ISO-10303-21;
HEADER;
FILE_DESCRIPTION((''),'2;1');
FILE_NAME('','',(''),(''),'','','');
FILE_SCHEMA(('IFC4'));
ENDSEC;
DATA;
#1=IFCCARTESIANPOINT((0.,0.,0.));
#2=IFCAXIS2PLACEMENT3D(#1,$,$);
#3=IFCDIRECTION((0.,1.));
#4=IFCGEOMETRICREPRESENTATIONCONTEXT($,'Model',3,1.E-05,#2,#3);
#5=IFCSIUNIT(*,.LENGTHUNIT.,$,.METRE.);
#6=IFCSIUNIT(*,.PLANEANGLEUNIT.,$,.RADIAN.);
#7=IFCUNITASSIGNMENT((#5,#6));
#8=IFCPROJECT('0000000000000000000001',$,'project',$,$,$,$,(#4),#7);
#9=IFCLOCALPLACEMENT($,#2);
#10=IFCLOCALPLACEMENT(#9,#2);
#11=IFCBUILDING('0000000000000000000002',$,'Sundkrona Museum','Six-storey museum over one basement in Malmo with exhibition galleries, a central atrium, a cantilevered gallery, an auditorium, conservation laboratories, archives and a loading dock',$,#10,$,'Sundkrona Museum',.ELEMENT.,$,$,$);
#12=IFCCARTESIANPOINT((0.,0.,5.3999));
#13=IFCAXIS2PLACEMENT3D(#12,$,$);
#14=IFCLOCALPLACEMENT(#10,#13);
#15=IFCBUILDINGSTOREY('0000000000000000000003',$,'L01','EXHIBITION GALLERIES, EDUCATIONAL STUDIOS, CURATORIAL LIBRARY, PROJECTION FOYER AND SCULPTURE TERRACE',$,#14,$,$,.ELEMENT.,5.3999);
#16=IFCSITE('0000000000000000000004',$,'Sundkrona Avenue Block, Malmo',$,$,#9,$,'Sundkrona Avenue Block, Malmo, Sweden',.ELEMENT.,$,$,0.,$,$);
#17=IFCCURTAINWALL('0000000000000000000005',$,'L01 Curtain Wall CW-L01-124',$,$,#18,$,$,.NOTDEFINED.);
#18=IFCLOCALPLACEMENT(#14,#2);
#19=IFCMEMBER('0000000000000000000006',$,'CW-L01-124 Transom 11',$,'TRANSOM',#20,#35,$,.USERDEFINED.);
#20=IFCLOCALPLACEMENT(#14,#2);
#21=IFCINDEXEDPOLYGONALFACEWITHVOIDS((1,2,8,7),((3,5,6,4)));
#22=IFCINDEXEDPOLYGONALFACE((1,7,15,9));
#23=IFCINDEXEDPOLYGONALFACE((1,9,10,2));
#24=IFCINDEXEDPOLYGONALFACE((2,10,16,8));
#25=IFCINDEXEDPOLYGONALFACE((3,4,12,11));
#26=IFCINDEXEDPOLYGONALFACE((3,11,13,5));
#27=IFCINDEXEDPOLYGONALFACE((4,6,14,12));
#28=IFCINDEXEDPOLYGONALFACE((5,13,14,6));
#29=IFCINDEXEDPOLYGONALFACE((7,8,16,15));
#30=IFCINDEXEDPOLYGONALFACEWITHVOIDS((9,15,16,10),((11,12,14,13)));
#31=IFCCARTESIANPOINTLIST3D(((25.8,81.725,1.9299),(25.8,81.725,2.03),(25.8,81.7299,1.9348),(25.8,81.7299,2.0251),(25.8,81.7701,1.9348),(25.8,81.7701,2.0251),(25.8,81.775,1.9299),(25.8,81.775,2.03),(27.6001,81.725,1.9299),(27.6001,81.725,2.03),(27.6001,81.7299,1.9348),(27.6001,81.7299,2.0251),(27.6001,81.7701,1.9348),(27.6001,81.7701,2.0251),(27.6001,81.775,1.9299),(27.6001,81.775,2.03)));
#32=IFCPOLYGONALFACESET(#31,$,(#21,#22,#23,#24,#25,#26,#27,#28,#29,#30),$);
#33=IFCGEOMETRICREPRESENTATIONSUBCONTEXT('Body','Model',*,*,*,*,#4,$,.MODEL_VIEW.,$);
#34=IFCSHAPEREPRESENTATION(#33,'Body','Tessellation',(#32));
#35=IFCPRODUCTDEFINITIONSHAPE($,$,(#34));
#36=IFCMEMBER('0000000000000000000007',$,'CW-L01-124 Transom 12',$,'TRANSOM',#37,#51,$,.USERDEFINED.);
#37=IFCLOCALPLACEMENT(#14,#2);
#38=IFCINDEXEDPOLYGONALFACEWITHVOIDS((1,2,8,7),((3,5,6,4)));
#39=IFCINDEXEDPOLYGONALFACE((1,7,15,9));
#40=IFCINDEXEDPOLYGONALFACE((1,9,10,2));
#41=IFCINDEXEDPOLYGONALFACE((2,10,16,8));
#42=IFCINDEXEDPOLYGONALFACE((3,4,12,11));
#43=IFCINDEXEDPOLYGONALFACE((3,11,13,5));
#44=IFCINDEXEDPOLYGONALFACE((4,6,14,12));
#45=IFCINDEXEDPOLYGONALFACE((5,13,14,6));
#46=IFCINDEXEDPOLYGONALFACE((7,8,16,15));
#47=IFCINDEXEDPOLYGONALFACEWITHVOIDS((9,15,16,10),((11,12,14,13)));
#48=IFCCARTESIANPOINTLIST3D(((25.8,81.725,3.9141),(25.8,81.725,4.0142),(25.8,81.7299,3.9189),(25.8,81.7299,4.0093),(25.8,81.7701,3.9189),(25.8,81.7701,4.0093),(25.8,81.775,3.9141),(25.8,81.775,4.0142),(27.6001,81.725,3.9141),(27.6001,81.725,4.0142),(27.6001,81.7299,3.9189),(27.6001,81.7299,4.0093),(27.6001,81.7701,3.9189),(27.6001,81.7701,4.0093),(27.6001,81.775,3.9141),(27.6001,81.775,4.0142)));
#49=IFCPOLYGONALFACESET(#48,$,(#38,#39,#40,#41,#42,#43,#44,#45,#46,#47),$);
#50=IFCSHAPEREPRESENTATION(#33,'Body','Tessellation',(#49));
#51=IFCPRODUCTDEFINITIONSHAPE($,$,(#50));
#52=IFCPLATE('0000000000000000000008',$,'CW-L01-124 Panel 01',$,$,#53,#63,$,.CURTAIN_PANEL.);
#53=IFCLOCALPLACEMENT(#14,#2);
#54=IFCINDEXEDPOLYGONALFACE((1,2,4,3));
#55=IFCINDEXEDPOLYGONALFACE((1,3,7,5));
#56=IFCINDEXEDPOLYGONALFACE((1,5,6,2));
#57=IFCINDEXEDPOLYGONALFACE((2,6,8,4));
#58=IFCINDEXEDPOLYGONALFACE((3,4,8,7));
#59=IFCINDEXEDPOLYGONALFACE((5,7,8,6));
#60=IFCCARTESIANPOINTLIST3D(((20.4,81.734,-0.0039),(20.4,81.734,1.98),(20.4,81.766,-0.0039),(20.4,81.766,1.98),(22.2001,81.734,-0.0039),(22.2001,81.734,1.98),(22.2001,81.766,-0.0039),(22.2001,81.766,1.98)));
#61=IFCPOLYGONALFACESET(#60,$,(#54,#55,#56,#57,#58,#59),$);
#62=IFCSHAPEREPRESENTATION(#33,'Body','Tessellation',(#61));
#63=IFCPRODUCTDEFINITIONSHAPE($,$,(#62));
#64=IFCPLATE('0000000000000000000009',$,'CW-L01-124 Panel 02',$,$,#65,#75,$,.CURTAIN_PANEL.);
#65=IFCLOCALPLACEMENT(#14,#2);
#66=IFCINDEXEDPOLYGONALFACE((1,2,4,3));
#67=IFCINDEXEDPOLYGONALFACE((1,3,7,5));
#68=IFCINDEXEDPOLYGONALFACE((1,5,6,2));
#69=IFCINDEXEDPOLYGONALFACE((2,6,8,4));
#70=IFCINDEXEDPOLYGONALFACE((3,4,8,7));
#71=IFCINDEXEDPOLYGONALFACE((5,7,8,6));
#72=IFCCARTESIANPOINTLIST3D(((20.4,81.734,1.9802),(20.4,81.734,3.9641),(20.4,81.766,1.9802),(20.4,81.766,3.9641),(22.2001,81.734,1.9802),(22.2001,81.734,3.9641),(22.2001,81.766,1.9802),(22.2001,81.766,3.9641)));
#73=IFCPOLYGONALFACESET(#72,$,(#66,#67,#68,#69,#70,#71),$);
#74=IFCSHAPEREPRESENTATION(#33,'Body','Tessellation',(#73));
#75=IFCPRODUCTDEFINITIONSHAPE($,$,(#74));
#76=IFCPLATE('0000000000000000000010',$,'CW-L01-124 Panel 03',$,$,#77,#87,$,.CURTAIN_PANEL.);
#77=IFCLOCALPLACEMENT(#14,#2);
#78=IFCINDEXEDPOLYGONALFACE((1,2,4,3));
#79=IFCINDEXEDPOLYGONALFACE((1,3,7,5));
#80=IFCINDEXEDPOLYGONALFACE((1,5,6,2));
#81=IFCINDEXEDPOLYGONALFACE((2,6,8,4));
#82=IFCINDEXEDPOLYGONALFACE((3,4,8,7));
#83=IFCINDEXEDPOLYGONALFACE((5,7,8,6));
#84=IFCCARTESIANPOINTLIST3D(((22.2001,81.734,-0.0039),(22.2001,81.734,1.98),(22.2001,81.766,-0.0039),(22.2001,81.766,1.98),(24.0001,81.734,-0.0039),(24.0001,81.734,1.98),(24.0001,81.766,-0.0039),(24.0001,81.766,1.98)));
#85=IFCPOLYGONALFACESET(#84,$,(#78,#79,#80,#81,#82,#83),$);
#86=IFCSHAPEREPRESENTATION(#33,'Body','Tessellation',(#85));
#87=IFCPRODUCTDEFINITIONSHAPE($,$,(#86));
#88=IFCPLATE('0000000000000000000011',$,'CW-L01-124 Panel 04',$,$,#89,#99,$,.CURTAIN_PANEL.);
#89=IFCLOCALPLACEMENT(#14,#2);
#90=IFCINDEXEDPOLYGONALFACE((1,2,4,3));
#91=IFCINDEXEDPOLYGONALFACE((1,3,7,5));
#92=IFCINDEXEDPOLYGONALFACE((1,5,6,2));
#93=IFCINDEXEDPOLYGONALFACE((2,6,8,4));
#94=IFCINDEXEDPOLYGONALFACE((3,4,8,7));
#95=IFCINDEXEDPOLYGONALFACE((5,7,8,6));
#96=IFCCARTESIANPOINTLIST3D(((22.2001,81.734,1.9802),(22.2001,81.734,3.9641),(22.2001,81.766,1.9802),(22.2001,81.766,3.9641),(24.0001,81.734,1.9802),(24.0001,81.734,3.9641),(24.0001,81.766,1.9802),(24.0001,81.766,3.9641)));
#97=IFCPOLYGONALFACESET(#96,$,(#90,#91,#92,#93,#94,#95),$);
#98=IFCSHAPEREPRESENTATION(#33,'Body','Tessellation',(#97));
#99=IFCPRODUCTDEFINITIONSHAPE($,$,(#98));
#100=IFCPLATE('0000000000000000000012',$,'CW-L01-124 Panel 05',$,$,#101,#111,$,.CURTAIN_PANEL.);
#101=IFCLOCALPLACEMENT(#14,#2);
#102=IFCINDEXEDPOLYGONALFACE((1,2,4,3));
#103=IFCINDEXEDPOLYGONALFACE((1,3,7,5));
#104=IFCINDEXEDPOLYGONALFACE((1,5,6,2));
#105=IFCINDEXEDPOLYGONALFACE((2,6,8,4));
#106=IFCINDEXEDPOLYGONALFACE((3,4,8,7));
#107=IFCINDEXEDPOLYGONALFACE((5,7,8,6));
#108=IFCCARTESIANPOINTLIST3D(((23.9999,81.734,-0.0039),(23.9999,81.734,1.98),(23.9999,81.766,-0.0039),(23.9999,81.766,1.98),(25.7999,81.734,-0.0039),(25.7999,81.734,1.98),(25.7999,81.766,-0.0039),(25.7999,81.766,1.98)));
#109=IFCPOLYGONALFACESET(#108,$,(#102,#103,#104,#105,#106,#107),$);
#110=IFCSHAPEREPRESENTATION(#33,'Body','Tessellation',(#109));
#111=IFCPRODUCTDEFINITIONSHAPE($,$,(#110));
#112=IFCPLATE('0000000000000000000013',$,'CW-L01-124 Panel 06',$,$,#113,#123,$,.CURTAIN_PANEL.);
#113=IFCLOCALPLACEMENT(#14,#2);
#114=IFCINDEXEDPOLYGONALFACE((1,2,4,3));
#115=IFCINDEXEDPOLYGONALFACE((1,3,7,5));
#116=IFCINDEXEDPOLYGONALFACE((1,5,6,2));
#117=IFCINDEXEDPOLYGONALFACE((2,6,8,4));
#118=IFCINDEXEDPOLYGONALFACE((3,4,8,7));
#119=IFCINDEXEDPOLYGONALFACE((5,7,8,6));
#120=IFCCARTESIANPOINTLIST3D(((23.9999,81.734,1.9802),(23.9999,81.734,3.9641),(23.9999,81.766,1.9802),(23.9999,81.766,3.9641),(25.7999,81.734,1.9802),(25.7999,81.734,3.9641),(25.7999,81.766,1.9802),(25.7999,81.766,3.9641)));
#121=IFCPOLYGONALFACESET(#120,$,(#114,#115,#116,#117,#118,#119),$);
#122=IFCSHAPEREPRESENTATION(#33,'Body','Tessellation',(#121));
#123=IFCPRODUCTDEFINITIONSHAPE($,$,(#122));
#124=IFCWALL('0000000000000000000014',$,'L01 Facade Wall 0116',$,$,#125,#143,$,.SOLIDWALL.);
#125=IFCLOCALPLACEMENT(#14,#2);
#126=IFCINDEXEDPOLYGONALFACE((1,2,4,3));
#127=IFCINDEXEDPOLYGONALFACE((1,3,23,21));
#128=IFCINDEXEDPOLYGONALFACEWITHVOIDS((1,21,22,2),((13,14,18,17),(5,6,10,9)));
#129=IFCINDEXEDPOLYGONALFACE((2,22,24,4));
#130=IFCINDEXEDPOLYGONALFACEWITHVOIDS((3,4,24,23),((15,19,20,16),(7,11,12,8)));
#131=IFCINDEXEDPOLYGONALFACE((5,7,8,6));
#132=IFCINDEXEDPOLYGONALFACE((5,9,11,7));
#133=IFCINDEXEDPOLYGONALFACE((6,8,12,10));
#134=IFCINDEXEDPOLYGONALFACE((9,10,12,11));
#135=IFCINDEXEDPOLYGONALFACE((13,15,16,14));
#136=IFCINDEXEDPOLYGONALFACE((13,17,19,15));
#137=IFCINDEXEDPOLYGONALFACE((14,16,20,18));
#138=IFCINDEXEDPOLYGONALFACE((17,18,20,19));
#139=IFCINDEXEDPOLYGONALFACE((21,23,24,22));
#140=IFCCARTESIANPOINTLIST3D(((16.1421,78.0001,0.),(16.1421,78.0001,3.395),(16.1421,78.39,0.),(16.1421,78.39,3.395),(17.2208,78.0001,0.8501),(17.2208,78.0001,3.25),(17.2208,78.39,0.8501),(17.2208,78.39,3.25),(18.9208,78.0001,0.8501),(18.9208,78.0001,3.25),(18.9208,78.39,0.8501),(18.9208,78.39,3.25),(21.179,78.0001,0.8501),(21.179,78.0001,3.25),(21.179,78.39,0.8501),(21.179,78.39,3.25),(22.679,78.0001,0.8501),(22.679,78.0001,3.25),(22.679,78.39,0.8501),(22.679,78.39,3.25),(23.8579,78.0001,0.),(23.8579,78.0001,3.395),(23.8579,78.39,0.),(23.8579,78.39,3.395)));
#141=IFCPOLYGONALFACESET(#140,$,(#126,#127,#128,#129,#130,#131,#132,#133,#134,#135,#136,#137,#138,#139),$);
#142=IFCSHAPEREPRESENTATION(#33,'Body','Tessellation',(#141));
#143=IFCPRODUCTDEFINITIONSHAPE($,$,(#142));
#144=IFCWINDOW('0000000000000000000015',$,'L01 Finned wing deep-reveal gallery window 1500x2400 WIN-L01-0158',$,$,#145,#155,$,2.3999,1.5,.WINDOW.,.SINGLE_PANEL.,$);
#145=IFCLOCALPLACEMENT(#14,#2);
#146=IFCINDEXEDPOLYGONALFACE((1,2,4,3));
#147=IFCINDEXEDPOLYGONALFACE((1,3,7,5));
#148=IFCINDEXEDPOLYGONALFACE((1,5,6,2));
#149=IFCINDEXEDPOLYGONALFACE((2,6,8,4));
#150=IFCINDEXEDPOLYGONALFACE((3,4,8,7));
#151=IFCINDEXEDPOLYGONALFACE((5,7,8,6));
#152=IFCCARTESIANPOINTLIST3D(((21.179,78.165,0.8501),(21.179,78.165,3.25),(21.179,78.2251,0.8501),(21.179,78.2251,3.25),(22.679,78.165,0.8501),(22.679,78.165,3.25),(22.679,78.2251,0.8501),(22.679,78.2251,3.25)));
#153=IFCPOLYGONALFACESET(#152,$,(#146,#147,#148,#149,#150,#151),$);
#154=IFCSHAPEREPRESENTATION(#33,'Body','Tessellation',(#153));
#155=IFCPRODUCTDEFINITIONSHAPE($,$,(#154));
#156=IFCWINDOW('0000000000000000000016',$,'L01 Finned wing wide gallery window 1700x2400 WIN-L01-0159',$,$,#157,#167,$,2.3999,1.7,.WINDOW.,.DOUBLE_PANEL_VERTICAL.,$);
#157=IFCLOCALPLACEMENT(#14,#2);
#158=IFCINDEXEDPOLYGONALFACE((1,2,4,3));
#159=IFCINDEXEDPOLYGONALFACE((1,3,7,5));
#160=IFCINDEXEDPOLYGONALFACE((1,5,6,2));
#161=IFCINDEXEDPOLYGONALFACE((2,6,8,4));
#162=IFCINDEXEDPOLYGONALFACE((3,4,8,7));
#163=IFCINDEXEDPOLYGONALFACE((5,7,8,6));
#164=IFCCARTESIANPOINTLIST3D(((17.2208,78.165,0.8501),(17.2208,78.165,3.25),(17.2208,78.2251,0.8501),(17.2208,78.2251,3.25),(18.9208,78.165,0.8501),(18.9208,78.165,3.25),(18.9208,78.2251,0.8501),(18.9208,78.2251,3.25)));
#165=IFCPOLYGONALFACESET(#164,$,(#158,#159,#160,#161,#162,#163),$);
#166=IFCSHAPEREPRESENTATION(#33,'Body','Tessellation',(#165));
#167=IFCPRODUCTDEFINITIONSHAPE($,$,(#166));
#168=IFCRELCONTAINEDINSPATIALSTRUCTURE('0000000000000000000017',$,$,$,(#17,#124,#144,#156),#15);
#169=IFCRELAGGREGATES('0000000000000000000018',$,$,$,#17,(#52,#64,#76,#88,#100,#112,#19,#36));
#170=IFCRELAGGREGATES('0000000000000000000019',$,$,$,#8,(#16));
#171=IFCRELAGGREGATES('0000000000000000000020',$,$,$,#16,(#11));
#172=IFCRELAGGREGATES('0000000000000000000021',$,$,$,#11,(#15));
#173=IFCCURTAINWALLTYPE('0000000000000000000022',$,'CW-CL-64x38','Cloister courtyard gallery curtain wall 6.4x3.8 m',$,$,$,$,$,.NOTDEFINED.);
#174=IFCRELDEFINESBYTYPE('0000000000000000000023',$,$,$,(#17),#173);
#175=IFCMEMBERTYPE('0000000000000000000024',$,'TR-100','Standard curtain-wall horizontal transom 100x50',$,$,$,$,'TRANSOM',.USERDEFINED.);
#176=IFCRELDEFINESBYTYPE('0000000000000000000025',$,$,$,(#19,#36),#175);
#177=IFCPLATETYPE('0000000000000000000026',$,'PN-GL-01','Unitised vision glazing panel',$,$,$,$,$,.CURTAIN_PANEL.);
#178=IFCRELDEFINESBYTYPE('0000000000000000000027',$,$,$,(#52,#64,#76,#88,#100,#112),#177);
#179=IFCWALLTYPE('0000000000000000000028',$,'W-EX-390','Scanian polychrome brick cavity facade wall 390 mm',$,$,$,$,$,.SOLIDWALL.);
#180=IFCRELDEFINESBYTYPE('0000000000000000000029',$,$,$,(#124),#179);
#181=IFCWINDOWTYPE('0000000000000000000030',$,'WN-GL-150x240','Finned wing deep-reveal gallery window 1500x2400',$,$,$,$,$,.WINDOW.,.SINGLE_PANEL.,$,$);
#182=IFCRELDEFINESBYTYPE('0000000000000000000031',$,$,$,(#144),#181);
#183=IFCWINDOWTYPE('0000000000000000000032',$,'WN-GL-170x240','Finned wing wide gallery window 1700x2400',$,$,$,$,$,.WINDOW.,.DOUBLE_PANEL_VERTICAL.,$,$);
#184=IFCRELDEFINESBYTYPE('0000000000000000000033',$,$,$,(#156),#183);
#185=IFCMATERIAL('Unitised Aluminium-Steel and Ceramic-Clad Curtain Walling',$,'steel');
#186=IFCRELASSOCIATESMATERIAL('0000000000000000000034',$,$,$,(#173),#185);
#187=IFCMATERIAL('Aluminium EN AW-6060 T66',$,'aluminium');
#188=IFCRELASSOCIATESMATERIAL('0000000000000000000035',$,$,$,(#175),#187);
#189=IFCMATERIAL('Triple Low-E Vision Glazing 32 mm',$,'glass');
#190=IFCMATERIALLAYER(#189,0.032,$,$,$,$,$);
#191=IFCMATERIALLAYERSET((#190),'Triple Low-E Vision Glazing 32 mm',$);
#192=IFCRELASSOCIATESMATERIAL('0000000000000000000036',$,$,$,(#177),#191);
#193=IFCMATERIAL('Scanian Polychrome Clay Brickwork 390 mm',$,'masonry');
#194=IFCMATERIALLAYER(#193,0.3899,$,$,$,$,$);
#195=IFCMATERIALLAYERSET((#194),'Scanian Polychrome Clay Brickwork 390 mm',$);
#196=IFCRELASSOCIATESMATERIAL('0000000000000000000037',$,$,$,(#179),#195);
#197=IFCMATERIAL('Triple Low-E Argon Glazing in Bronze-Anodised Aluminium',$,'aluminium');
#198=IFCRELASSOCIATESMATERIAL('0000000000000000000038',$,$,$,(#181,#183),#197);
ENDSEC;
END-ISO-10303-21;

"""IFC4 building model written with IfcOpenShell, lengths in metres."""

from ifc_helpers import new_model, si_unit, direction, frame, frame_2d, origin, origin_2d, place, context, subcontext, project, spatial, rectangle, hollow_rectangle, extrude, material, layer, layer_set, material_profile, profile_set, type_object, element, fill, aggregate, save


model = new_model("IFC4")

# Units and contexts
model_context = context("Model", 3, precision=1e-05, world=origin(), true_north=direction((0.0, 1.0)))
body_context = subcontext(model_context, "Body", "Model", "MODEL_VIEW")
ifc_project = project(units=[si_unit("LENGTHUNIT", "METRE"), si_unit("PLANEANGLEUNIT", "RADIAN")], contexts=[model_context])

# Site, building, storey
site_placement = place(None, origin())
site = spatial("IfcSite", under=ifc_project, at=site_placement, Name="Sundkrona Avenue Block, Malmo", LongName="Sundkrona Avenue Block, Malmo, Sweden", CompositionType="ELEMENT", RefElevation=0.0)
building_placement = place(site_placement, origin())
building = spatial("IfcBuilding", under=site, at=building_placement, Name="Sundkrona Museum", Description="Six-storey museum over one basement in Malmo with exhibition galleries, a central atrium, a cantilevered gallery, an auditorium, conservation laboratories, archives and a loading dock", LongName="Sundkrona Museum", CompositionType="ELEMENT")
storey_placement = place(building_placement, frame((0.0, 0.0, 5.3999)))
storey = spatial("IfcBuildingStorey", under=building, at=storey_placement, Name="L01", Description="EXHIBITION GALLERIES, EDUCATIONAL STUDIOS, CURATORIAL LIBRARY, PROJECTION FOYER AND SCULPTURE TERRACE", CompositionType="ELEMENT", Elevation=5.3999)

# Curtain wall, members, plates
ifc_material_1 = material(Name="Unitised Aluminium-Steel and Ceramic-Clad Curtain Walling", Category="steel")
curtain_wall_type = type_object("IfcCurtainWallType", Name="CW-CL-64x38", Description="Cloister courtyard gallery curtain wall 6.4x3.8 m", PredefinedType="NOTDEFINED", material=ifc_material_1)
curtain_wall_placement = place(storey_placement, origin())
curtain_wall = element("IfcCurtainWall", 1, at=curtain_wall_placement, inside=storey, type_object=curtain_wall_type, Name="L01 Curtain Wall CW-L01-124", PredefinedType="NOTDEFINED")
ifc_material_2 = material(Name="Aluminium EN AW-6060 T66", Category="aluminium")
ifc_material_profile_1 = material_profile(ifc_material_2, hollow_rectangle(XDim=0.05, YDim=0.1001, WallThickness=0.0049, at=origin_2d()), Name="RHS 100x50x5.0")
ifc_profile_set_1 = profile_set([ifc_material_profile_1], Name="Aluminium EN AW-6060 T66")
member_type_1 = type_object("IfcMemberType", Name="TR-100", Description="Standard curtain-wall horizontal transom 100x50", ElementType="TRANSOM", PredefinedType="USERDEFINED", material=ifc_profile_set_1)
member_1_placement = place(storey_placement, frame((25.8, 81.75, 1.98), z_axis=(1.0, 0.0, 0.0), x_axis=(0.0, 1.0, 0.0)))
member_1 = element("IfcMember", 2, at=member_1_placement, type_object=member_type_1, Name="CW-L01-124 Transom 11", ObjectType="TRANSOM", PredefinedType="USERDEFINED", context=body_context, shape_type="SweptSolid", body=[
    extrude(hollow_rectangle(XDim=0.05, YDim=0.1001, WallThickness=0.0049, at=origin_2d()), origin(), (0.0, 0.0, 1.0), 1.8),
])
member_2_placement = place(storey_placement, frame((25.8, 81.75, 3.9641), z_axis=(1.0, 0.0, 0.0), x_axis=(0.0, 1.0, 0.0)))
member_2 = element("IfcMember", 3, at=member_2_placement, type_object=member_type_1, Name="CW-L01-124 Transom 12", ObjectType="TRANSOM", PredefinedType="USERDEFINED", context=body_context, shape_type="SweptSolid", body=[
    extrude(hollow_rectangle(XDim=0.05, YDim=0.1001, WallThickness=0.0049, at=origin_2d()), origin(), (0.0, 0.0, 1.0), 1.8),
])
ifc_material_3 = material(Name="Triple Low-E Vision Glazing 32 mm", Category="glass")
ifc_layer_1 = layer(ifc_material_3, 0.032)
ifc_layer_set_1 = layer_set([ifc_layer_1], Name="Triple Low-E Vision Glazing 32 mm")
plate_type = type_object("IfcPlateType", Name="PN-GL-01", Description="Unitised vision glazing panel", PredefinedType="CURTAIN_PANEL", material=ifc_layer_set_1)
plate_1_placement = place(storey_placement, frame((21.3, 81.75, -0.0039), z_axis=(0.0, 0.0, 1.0), x_axis=(1.0, 0.0, 0.0)))
plate_1 = element("IfcPlate", 4, at=plate_1_placement, type_object=plate_type, Name="CW-L01-124 Panel 01", PredefinedType="CURTAIN_PANEL", context=body_context, shape_type="SweptSolid", body=[
    extrude(rectangle(XDim=1.8, YDim=0.032, at=origin_2d()), origin(), (0.0, 0.0, 1.0), 1.9839),
])
plate_2_placement = place(storey_placement, frame((21.3, 81.75, 1.9802), z_axis=(0.0, 0.0, 1.0), x_axis=(1.0, 0.0, 0.0)))
plate_2 = element("IfcPlate", 5, at=plate_2_placement, type_object=plate_type, Name="CW-L01-124 Panel 02", PredefinedType="CURTAIN_PANEL", context=body_context, shape_type="SweptSolid", body=[
    extrude(rectangle(XDim=1.8, YDim=0.032, at=origin_2d()), origin(), (0.0, 0.0, 1.0), 1.9839),
])
plate_3_placement = place(storey_placement, frame((23.1001, 81.75, -0.0039), z_axis=(0.0, 0.0, 1.0), x_axis=(1.0, 0.0, 0.0)))
plate_3 = element("IfcPlate", 6, at=plate_3_placement, type_object=plate_type, Name="CW-L01-124 Panel 03", PredefinedType="CURTAIN_PANEL", context=body_context, shape_type="SweptSolid", body=[
    extrude(rectangle(XDim=1.8, YDim=0.032, at=origin_2d()), origin(), (0.0, 0.0, 1.0), 1.9839),
])
plate_4_placement = place(storey_placement, frame((23.1001, 81.75, 1.9802), z_axis=(0.0, 0.0, 1.0), x_axis=(1.0, 0.0, 0.0)))
plate_4 = element("IfcPlate", 7, at=plate_4_placement, type_object=plate_type, Name="CW-L01-124 Panel 04", PredefinedType="CURTAIN_PANEL", context=body_context, shape_type="SweptSolid", body=[
    extrude(rectangle(XDim=1.8, YDim=0.032, at=origin_2d()), origin(), (0.0, 0.0, 1.0), 1.9839),
])
plate_5_placement = place(storey_placement, frame((24.8999, 81.75, -0.0039), z_axis=(0.0, 0.0, 1.0), x_axis=(1.0, 0.0, 0.0)))
plate_5 = element("IfcPlate", 8, at=plate_5_placement, type_object=plate_type, Name="CW-L01-124 Panel 05", PredefinedType="CURTAIN_PANEL", context=body_context, shape_type="SweptSolid", body=[
    extrude(rectangle(XDim=1.8, YDim=0.032, at=origin_2d()), origin(), (0.0, 0.0, 1.0), 1.9839),
])
plate_6_placement = place(storey_placement, frame((24.8999, 81.75, 1.9802), z_axis=(0.0, 0.0, 1.0), x_axis=(1.0, 0.0, 0.0)))
plate_6 = element("IfcPlate", 9, at=plate_6_placement, type_object=plate_type, Name="CW-L01-124 Panel 06", PredefinedType="CURTAIN_PANEL", context=body_context, shape_type="SweptSolid", body=[
    extrude(rectangle(XDim=1.8, YDim=0.032, at=origin_2d()), origin(), (0.0, 0.0, 1.0), 1.9839),
])
aggregate(curtain_wall, [plate_1, plate_2, plate_3, plate_4, plate_5, plate_6, member_1, member_2])

# Wall, openings, windows
ifc_material_4 = material(Name="Scanian Polychrome Clay Brickwork 390 mm", Category="masonry")
ifc_layer_2 = layer(ifc_material_4, 0.3899)
ifc_layer_set_2 = layer_set([ifc_layer_2], Name="Scanian Polychrome Clay Brickwork 390 mm")
wall_type = type_object("IfcWallType", Name="W-EX-390", Description="Scanian polychrome brick cavity facade wall 390 mm", PredefinedType="SOLIDWALL", material=ifc_layer_set_2)
wall_placement = place(storey_placement, frame((23.8579, 78.1951, 0.0), z_axis=(0.0, 0.0, 1.0), x_axis=(-1.0, 0.0, 0.0)))
wall = element("IfcWall", 10, at=wall_placement, inside=storey, type_object=wall_type, Name="L01 Facade Wall 0116", PredefinedType="SOLIDWALL", context=body_context, shape_type="SweptSolid", body=[
    extrude(rectangle(XDim=7.7158, YDim=0.3899, at=frame_2d((3.8579, 0.0))), origin(), (0.0, 0.0, 1.0), 3.395),
])
opening_1_placement = place(wall_placement, frame((1.179, 0.0, 0.8501)))
opening_1 = element("IfcOpeningElement", 11, at=opening_1_placement, cuts=wall, PredefinedType="OPENING", context=body_context, shape_type="SweptSolid", body=[
    extrude(rectangle(XDim=1.5, YDim=2.3999, at=frame_2d((0.75, 1.2))), frame((0.0, 0.2048, 0.0), z_axis=(0.0, -1.0, 0.0), x_axis=(1.0, 0.0, 0.0)), (0.0, 0.0, 1.0), 0.4099),
])
opening_2_placement = place(wall_placement, frame((4.937, 0.0, 0.8501)))
opening_2 = element("IfcOpeningElement", 12, at=opening_2_placement, cuts=wall, PredefinedType="OPENING", context=body_context, shape_type="SweptSolid", body=[
    extrude(rectangle(XDim=1.7, YDim=2.3999, at=frame_2d((0.8501, 1.2))), frame((0.0, 0.2048, 0.0), z_axis=(0.0, -1.0, 0.0), x_axis=(1.0, 0.0, 0.0)), (0.0, 0.0, 1.0), 0.4099),
])
ifc_material_5 = material(Name="Triple Low-E Argon Glazing in Bronze-Anodised Aluminium", Category="aluminium")
window_type_1 = type_object("IfcWindowType", Name="WN-GL-150x240", Description="Finned wing deep-reveal gallery window 1500x2400", PartitioningType="SINGLE_PANEL", PredefinedType="WINDOW", material=ifc_material_5)
window_1_placement = place(opening_1_placement, origin())
window_1 = element("IfcWindow", 13, at=window_1_placement, inside=storey, type_object=window_type_1, Name="L01 Finned wing deep-reveal gallery window 1500x2400 WIN-L01-0158", OverallHeight=2.3999, OverallWidth=1.5, PartitioningType="SINGLE_PANEL", PredefinedType="WINDOW", context=body_context, shape_type="SweptSolid", body=[
    extrude(rectangle(XDim=1.5, YDim=2.3999, at=frame_2d((0.75, 1.2))), frame((0.0, 0.03, 0.0), z_axis=(0.0, -1.0, 0.0), x_axis=(1.0, 0.0, 0.0)), (0.0, 0.0, 1.0), 0.0601),
])
fill(opening_1, window_1)
window_type_2 = type_object("IfcWindowType", Name="WN-GL-170x240", Description="Finned wing wide gallery window 1700x2400", PartitioningType="DOUBLE_PANEL_VERTICAL", PredefinedType="WINDOW", material=ifc_material_5)
window_2_placement = place(opening_2_placement, origin())
window_2 = element("IfcWindow", 14, at=window_2_placement, inside=storey, type_object=window_type_2, Name="L01 Finned wing wide gallery window 1700x2400 WIN-L01-0159", OverallHeight=2.3999, OverallWidth=1.7, PartitioningType="DOUBLE_PANEL_VERTICAL", PredefinedType="WINDOW", context=body_context, shape_type="SweptSolid", body=[
    extrude(rectangle(XDim=1.7, YDim=2.3999, at=frame_2d((0.8501, 1.2))), frame((0.0, 0.03, 0.0), z_axis=(0.0, -1.0, 0.0), x_axis=(1.0, 0.0, 0.0)), (0.0, 0.0, 1.0), 0.0601),
])
fill(opening_2, window_2)

save(model, "model.ifc")
